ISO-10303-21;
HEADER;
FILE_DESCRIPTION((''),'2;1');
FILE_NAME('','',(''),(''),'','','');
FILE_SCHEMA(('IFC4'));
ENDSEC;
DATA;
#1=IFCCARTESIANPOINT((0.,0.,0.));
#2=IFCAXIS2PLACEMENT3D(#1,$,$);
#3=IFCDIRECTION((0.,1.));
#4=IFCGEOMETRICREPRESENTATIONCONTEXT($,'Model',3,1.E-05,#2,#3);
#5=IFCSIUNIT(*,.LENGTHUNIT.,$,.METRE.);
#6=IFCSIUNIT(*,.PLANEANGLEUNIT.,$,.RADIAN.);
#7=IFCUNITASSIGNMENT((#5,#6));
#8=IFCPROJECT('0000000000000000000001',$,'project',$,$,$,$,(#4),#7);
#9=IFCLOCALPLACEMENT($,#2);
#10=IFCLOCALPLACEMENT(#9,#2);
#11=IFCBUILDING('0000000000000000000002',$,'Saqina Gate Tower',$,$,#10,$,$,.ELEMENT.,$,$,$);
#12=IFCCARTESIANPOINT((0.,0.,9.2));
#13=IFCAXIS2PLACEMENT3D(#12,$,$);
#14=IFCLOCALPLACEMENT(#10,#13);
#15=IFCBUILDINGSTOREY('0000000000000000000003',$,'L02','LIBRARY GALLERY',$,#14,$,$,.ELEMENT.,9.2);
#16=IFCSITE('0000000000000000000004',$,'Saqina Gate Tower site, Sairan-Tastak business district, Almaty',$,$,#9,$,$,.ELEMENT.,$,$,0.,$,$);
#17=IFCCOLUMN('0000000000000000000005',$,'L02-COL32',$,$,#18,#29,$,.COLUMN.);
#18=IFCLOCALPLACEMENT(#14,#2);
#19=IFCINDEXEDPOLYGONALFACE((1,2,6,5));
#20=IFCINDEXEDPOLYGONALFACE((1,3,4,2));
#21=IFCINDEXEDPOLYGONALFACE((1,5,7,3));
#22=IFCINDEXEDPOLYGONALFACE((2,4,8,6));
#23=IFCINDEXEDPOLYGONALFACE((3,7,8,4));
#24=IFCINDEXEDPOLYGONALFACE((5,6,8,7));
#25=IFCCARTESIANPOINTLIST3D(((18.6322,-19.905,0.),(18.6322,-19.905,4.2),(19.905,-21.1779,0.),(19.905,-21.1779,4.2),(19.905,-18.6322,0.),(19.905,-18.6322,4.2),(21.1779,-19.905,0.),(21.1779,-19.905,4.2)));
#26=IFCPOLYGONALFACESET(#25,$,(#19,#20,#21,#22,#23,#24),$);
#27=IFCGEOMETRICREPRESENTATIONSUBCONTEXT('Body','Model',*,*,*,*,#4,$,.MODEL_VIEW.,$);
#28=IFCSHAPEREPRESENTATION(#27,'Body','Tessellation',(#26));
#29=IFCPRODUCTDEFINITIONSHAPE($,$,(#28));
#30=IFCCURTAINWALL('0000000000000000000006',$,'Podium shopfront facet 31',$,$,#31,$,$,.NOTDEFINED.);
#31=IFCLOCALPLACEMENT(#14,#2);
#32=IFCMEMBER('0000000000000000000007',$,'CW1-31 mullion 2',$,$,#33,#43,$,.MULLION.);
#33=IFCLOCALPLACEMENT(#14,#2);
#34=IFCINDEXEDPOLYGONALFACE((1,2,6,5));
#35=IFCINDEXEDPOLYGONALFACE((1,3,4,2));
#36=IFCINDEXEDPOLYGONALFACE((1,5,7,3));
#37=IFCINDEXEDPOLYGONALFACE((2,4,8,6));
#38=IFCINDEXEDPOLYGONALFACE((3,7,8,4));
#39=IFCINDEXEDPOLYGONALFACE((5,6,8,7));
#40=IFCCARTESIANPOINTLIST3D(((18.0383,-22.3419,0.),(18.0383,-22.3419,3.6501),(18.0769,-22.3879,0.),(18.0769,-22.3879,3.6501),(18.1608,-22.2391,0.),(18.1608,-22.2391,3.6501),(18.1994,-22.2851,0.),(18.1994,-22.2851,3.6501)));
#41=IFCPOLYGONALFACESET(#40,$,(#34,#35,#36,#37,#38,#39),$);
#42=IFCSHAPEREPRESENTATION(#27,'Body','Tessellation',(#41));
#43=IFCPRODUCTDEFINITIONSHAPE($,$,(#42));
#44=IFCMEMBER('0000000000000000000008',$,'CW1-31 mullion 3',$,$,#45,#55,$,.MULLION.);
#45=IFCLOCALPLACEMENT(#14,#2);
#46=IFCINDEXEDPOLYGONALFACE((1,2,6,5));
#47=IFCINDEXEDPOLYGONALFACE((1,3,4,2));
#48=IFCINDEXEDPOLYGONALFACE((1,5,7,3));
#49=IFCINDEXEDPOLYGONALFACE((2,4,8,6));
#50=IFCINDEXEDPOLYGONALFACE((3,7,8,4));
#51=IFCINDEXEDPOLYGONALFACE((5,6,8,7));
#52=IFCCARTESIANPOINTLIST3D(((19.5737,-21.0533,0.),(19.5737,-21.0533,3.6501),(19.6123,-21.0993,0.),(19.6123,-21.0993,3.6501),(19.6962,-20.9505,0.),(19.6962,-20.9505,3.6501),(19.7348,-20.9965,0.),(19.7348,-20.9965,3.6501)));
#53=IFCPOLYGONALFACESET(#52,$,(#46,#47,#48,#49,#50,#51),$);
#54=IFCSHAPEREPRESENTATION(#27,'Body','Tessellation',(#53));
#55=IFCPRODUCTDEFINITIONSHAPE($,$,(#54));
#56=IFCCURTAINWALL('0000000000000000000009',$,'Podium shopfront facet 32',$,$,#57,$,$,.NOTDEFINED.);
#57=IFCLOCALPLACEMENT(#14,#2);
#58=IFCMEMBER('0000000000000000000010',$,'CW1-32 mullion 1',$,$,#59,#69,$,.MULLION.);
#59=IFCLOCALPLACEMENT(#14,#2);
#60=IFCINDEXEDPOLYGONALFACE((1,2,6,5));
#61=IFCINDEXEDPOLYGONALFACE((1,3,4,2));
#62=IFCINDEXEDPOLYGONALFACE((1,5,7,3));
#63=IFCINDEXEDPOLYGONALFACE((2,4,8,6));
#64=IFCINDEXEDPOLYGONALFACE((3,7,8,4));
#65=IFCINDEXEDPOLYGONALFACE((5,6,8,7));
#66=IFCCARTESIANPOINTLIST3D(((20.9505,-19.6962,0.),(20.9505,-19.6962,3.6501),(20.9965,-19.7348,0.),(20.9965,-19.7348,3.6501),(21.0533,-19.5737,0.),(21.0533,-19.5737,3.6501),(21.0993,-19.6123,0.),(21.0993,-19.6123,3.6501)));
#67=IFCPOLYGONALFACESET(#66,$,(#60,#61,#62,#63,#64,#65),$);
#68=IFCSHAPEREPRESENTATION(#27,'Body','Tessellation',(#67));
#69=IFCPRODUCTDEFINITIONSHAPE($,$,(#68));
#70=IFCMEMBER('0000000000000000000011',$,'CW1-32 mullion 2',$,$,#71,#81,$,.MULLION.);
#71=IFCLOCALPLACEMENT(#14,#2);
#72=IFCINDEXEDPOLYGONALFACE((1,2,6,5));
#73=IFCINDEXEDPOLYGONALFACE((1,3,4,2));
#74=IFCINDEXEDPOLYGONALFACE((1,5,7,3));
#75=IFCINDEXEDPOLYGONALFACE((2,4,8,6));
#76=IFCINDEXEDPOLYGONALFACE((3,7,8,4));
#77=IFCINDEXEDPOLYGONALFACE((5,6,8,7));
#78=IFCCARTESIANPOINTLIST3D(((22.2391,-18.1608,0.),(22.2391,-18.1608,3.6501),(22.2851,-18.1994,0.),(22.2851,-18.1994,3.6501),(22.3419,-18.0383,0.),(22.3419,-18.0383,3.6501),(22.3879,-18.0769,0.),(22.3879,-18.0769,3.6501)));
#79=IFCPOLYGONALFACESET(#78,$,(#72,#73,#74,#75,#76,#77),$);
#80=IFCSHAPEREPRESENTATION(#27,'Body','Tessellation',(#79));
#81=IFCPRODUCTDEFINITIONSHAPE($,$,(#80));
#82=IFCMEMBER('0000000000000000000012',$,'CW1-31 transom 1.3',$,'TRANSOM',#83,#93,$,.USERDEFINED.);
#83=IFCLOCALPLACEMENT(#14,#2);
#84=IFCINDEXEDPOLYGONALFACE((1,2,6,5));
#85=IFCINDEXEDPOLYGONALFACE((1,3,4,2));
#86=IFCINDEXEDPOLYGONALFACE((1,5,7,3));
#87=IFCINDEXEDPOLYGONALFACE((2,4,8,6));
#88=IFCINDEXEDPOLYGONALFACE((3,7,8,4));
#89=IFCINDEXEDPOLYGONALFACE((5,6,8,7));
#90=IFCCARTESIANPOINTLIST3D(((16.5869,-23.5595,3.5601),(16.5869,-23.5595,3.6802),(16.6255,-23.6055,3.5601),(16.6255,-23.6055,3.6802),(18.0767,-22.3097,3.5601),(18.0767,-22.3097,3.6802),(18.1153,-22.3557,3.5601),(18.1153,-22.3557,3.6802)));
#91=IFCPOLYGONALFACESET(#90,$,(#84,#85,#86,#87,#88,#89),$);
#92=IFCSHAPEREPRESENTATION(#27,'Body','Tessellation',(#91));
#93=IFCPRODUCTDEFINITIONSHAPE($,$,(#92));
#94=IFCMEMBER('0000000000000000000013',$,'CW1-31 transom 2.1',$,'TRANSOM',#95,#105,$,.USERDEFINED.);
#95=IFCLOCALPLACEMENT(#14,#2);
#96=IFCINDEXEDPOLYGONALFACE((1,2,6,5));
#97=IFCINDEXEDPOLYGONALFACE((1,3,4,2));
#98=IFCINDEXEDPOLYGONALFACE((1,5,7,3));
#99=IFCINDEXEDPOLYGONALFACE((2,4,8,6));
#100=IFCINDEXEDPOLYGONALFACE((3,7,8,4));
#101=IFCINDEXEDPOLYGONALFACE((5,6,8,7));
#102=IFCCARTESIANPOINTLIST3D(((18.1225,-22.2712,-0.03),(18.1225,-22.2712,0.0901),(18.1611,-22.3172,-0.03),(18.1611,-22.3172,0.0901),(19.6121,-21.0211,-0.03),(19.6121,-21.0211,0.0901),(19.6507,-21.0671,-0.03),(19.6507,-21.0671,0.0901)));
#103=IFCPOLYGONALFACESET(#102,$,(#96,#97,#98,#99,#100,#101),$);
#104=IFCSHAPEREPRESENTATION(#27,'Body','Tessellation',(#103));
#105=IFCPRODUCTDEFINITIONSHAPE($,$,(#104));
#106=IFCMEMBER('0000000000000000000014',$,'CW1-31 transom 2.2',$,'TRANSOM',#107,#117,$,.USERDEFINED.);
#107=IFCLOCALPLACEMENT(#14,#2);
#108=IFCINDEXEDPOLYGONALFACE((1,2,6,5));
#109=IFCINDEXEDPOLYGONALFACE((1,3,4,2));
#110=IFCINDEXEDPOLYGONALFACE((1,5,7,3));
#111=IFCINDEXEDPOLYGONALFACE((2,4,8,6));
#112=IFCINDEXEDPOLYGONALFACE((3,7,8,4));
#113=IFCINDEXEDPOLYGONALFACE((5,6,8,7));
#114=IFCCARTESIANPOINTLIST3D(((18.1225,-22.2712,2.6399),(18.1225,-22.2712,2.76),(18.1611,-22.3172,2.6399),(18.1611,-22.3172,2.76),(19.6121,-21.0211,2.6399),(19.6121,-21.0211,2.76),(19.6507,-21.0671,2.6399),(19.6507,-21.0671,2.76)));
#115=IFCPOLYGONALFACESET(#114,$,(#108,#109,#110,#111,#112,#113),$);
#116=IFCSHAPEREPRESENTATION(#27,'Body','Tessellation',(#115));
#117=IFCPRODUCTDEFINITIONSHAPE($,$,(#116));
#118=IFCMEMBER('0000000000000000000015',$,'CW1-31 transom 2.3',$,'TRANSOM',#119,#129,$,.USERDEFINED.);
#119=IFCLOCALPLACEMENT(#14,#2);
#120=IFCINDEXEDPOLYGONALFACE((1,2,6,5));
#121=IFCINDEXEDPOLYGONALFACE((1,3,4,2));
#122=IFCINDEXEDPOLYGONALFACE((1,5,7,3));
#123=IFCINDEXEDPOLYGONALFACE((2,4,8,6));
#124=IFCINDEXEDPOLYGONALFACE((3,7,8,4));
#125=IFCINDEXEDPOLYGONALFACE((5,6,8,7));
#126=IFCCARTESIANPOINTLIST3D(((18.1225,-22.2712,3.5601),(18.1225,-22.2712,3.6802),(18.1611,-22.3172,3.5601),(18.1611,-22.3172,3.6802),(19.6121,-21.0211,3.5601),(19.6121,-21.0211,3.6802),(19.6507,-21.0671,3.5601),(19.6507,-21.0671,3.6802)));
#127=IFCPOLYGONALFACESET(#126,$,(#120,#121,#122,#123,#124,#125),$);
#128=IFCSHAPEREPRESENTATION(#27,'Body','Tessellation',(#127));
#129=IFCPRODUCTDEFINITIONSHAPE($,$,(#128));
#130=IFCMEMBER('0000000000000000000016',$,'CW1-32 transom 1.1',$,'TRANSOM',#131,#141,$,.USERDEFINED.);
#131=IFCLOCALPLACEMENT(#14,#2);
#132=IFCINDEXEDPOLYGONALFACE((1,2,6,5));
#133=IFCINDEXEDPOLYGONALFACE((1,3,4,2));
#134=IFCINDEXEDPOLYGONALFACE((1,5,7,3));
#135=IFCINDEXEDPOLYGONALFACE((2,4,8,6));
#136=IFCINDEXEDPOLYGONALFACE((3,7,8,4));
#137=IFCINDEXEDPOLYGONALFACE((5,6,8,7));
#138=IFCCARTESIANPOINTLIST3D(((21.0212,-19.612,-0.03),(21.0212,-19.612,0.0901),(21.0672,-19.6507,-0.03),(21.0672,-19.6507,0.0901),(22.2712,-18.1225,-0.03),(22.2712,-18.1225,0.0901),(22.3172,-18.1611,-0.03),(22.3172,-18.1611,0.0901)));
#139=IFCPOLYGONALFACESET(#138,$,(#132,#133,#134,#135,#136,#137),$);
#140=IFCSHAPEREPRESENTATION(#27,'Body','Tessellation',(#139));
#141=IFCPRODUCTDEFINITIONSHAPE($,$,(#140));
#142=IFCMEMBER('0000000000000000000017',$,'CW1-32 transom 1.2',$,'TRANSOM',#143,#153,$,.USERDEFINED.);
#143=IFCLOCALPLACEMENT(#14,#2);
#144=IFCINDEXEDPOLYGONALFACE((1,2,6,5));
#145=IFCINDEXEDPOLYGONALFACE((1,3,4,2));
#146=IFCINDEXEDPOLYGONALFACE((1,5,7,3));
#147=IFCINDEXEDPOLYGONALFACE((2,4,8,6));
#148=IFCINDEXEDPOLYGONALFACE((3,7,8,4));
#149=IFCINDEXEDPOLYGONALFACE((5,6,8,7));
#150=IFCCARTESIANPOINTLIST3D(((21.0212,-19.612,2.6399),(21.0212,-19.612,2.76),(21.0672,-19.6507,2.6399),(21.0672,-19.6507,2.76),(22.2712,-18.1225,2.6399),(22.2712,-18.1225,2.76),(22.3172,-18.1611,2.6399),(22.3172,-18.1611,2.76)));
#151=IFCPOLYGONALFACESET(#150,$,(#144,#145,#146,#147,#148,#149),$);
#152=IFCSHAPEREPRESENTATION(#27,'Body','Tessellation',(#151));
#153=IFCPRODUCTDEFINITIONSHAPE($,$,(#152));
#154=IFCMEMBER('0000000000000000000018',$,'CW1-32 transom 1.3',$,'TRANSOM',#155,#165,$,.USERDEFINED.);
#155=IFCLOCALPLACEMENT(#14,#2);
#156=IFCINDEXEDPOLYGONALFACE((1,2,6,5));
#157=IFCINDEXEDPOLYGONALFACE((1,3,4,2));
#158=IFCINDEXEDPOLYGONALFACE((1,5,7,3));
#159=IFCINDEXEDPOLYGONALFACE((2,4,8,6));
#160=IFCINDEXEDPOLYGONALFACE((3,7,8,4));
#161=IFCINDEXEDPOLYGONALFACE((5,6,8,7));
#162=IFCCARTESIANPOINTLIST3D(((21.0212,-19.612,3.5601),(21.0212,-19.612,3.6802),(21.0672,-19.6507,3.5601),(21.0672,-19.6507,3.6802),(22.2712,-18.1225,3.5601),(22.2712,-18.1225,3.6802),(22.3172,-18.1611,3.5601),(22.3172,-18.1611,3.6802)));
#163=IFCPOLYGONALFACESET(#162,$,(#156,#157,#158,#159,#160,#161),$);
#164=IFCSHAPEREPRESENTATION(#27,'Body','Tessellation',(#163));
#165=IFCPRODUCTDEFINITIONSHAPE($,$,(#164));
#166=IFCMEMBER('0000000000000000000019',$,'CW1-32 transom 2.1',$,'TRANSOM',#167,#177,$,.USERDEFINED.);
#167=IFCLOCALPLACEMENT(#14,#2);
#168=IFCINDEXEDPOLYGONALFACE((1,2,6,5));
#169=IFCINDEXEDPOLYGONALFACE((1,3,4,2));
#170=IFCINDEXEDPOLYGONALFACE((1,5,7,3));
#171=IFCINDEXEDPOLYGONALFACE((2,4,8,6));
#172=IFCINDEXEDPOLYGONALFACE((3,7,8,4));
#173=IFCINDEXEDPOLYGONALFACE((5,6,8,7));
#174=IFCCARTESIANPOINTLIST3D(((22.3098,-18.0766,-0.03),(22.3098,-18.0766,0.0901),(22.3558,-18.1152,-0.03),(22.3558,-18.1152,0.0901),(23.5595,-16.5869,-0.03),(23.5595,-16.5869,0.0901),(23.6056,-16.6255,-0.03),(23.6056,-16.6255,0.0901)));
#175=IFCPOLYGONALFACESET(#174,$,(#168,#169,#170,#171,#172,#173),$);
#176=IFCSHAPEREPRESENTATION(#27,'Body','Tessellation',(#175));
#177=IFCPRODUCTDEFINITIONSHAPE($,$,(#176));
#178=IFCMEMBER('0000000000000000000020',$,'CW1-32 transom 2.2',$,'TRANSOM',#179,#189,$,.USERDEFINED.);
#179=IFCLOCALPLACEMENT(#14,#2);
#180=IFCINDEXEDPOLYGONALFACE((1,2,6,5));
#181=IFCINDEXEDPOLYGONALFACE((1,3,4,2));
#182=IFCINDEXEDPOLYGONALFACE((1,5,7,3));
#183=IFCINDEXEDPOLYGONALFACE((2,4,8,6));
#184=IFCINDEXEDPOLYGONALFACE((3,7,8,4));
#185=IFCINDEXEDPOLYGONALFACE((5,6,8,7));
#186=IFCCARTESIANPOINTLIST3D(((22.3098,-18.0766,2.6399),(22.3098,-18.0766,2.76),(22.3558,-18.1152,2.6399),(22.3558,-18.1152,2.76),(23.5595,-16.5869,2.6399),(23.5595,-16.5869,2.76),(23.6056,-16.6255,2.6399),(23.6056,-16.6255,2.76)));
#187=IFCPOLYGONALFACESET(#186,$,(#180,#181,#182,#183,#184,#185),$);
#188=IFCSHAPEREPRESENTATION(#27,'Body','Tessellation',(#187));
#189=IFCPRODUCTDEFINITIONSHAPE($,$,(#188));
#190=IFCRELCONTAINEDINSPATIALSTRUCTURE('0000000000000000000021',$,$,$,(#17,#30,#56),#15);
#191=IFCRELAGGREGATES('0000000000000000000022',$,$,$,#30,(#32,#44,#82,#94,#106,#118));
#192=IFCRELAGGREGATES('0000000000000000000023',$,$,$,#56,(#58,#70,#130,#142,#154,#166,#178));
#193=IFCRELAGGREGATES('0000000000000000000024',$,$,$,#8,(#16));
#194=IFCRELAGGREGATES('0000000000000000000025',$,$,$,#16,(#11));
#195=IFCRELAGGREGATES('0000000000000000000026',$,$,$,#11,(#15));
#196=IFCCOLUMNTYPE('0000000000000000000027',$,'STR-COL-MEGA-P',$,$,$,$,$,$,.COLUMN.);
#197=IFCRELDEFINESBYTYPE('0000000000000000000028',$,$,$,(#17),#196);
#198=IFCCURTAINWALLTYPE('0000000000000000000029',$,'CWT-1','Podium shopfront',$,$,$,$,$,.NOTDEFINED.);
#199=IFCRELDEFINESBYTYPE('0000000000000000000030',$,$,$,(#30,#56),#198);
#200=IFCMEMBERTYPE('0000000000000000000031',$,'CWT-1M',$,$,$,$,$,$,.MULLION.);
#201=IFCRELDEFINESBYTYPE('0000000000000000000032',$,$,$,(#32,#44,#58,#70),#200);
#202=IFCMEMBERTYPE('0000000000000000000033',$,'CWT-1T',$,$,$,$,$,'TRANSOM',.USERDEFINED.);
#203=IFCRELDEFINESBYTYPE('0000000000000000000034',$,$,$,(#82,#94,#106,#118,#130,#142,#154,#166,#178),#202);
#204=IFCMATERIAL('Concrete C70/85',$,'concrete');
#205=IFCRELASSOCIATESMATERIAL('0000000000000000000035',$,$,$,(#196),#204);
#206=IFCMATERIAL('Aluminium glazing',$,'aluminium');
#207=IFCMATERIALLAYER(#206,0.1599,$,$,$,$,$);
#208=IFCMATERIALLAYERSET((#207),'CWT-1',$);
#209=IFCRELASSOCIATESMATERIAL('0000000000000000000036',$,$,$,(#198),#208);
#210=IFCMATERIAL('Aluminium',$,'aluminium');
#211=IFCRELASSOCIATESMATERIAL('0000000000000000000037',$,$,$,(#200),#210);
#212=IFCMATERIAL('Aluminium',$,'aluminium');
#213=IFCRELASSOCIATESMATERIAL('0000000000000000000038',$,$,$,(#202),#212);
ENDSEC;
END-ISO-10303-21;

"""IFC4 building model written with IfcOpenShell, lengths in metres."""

from ifc_helpers import new_model, si_unit, direction, frame, origin, origin_2d, place, context, subcontext, project, spatial, rectangle, extrude, material, layer, layer_set, material_profile, profile_set, type_object, element, aggregate, save


model = new_model("IFC4")

# Units and contexts
model_context = context("Model", 3, precision=1e-05, world=origin(), true_north=direction((0.0, 1.0)))
body_context = subcontext(model_context, "Body", "Model", "MODEL_VIEW")
ifc_project = project(units=[si_unit("LENGTHUNIT", "METRE"), si_unit("PLANEANGLEUNIT", "RADIAN")], contexts=[model_context])

# Site, building, storey
site_placement = place(None, origin())
site = spatial("IfcSite", under=ifc_project, at=site_placement, Name="Saqina Gate Tower site, Sairan-Tastak business district, Almaty", CompositionType="ELEMENT", RefElevation=0.0)
building_placement = place(site_placement, origin())
building = spatial("IfcBuilding", under=site, at=building_placement, Name="Saqina Gate Tower", CompositionType="ELEMENT")
storey_placement = place(building_placement, frame((0.0, 0.0, 9.2)))
storey = spatial("IfcBuildingStorey", under=building, at=storey_placement, Name="L02", Description="LIBRARY GALLERY", CompositionType="ELEMENT", Elevation=9.2)

# Column
ifc_material_1 = material(Name="Concrete C70/85", Category="concrete")
ifc_material_profile_1 = material_profile(ifc_material_1, rectangle(XDim=1.8, YDim=1.8, at=origin_2d()), Name="RC 1800x1800")
ifc_profile_set_1 = profile_set([ifc_material_profile_1], Name="Concrete C70/85")
column_type = type_object("IfcColumnType", Name="STR-COL-MEGA-P", PredefinedType="COLUMN", material=ifc_profile_set_1)
column_placement = place(storey_placement, frame((19.905, -19.905, 0.0), z_axis=(0.0, 0.0, 1.0), x_axis=(0.707107, -0.707107, 0.0)))
element("IfcColumn", 1, at=column_placement, inside=storey, type_object=column_type, Name="L02-COL32", PredefinedType="COLUMN", context=body_context, shape_type="SweptSolid", body=[
    extrude(rectangle(XDim=1.8, YDim=1.8, at=origin_2d()), origin(), (0.0, 0.0, 1.0), 4.2),
])

# Curtain walls, members
ifc_material_2 = material(Name="Aluminium glazing", Category="aluminium")
ifc_layer_1 = layer(ifc_material_2, 0.1599)
ifc_layer_set_1 = layer_set([ifc_layer_1], Name="CWT-1")
curtain_wall_type = type_object("IfcCurtainWallType", Name="CWT-1", Description="Podium shopfront", PredefinedType="NOTDEFINED", material=ifc_layer_set_1)
curtain_wall_1_placement = place(storey_placement, origin())
curtain_wall_1 = element("IfcCurtainWall", 2, at=curtain_wall_1_placement, inside=storey, type_object=curtain_wall_type, Name="Podium shopfront facet 31", PredefinedType="NOTDEFINED")
ifc_material_3 = material(Name="Aluminium", Category="aluminium")
ifc_material_profile_2 = material_profile(ifc_material_3, rectangle(XDim=0.0601, YDim=0.1599, at=origin_2d()), Name="Aluminium 60x160")
ifc_profile_set_2 = profile_set([ifc_material_profile_2], Name="Aluminium")
member_type_1 = type_object("IfcMemberType", Name="CWT-1M", PredefinedType="MULLION", material=ifc_profile_set_2)
member_1_placement = place(storey_placement, frame((18.1189, -22.3135, 0.0), z_axis=(0.0, 0.0, 1.0), x_axis=(-0.642779, 0.766051, 0.0)))
member_1 = element("IfcMember", 3, at=member_1_placement, type_object=member_type_1, Name="CW1-31 mullion 2", PredefinedType="MULLION", context=body_context, shape_type="SweptSolid", body=[
    extrude(rectangle(XDim=0.0601, YDim=0.1599, at=origin_2d()), origin(), (0.0, 0.0, 1.0), 3.6501),
])
member_2_placement = place(storey_placement, frame((19.6543, -21.0249, 0.0), z_axis=(0.0, 0.0, 1.0), x_axis=(-0.642779, 0.766051, 0.0)))
member_2 = element("IfcMember", 4, at=member_2_placement, type_object=member_type_1, Name="CW1-31 mullion 3", PredefinedType="MULLION", context=body_context, shape_type="SweptSolid", body=[
    extrude(rectangle(XDim=0.0601, YDim=0.1599, at=origin_2d()), origin(), (0.0, 0.0, 1.0), 3.6501),
])
curtain_wall_2_placement = place(storey_placement, origin())
curtain_wall_2 = element("IfcCurtainWall", 5, at=curtain_wall_2_placement, inside=storey, type_object=curtain_wall_type, Name="Podium shopfront facet 32", PredefinedType="NOTDEFINED")
member_3_placement = place(storey_placement, frame((21.0249, -19.6543, 0.0), z_axis=(0.0, 0.0, 1.0), x_axis=(-0.766051, 0.642779, 0.0)))
member_3 = element("IfcMember", 6, at=member_3_placement, type_object=member_type_1, Name="CW1-32 mullion 1", PredefinedType="MULLION", context=body_context, shape_type="SweptSolid", body=[
    extrude(rectangle(XDim=0.0601, YDim=0.1599, at=origin_2d()), origin(), (0.0, 0.0, 1.0), 3.6501),
])
member_4_placement = place(storey_placement, frame((22.3135, -18.1189, 0.0), z_axis=(0.0, 0.0, 1.0), x_axis=(-0.766051, 0.642779, 0.0)))
member_4 = element("IfcMember", 7, at=member_4_placement, type_object=member_type_1, Name="CW1-32 mullion 2", PredefinedType="MULLION", context=body_context, shape_type="SweptSolid", body=[
    extrude(rectangle(XDim=0.0601, YDim=0.1599, at=origin_2d()), origin(), (0.0, 0.0, 1.0), 3.6501),
])

# Members
ifc_material_4 = material(Name="Aluminium", Category="aluminium")
ifc_material_profile_3 = material_profile(ifc_material_4, rectangle(XDim=0.0601, YDim=0.1201, at=origin_2d()), Name="Aluminium 60x120")
ifc_profile_set_3 = profile_set([ifc_material_profile_3], Name="Aluminium")
member_type_2 = type_object("IfcMemberType", Name="CWT-1T", ElementType="TRANSOM", PredefinedType="USERDEFINED", material=ifc_profile_set_3)
member_5_placement = place(storey_placement, frame((16.6062, -23.5825, 3.6201), z_axis=(0.766118, 0.6427, 0.0), x_axis=(-0.6427, 0.766118, 0.0)))
member_5 = element("IfcMember", 8, at=member_5_placement, type_object=member_type_2, Name="CW1-31 transom 1.3", ObjectType="TRANSOM", PredefinedType="USERDEFINED", context=body_context, shape_type="SweptSolid", body=[
    extrude(rectangle(XDim=0.0601, YDim=0.1201, at=origin_2d()), origin(), (0.0, 0.0, 1.0), 1.9446),
])
member_6_placement = place(storey_placement, frame((18.1418, -22.2942, 0.03), z_axis=(0.766004, 0.642836, 0.0), x_axis=(-0.642836, 0.766004, 0.0)))
member_6 = element("IfcMember", 9, at=member_6_placement, type_object=member_type_2, Name="CW1-31 transom 2.1", ObjectType="TRANSOM", PredefinedType="USERDEFINED", context=body_context, shape_type="SweptSolid", body=[
    extrude(rectangle(XDim=0.0601, YDim=0.1201, at=origin_2d()), origin(), (0.0, 0.0, 1.0), 1.9446),
])
member_7_placement = place(storey_placement, frame((18.1418, -22.2942, 2.7), z_axis=(0.766004, 0.642836, 0.0), x_axis=(-0.642836, 0.766004, 0.0)))
member_7 = element("IfcMember", 10, at=member_7_placement, type_object=member_type_2, Name="CW1-31 transom 2.2", ObjectType="TRANSOM", PredefinedType="USERDEFINED", context=body_context, shape_type="SweptSolid", body=[
    extrude(rectangle(XDim=0.0601, YDim=0.1201, at=origin_2d()), origin(), (0.0, 0.0, 1.0), 1.9446),
])
member_8_placement = place(storey_placement, frame((18.1418, -22.2942, 3.6201), z_axis=(0.766004, 0.642836, 0.0), x_axis=(-0.642836, 0.766004, 0.0)))
member_8 = element("IfcMember", 11, at=member_8_placement, type_object=member_type_2, Name="CW1-31 transom 2.3", ObjectType="TRANSOM", PredefinedType="USERDEFINED", context=body_context, shape_type="SweptSolid", body=[
    extrude(rectangle(XDim=0.0601, YDim=0.1201, at=origin_2d()), origin(), (0.0, 0.0, 1.0), 1.9446),
])
member_9_placement = place(storey_placement, frame((21.0442, -19.6313, 0.03), z_axis=(0.642836, 0.766004, 0.0), x_axis=(-0.766004, 0.642836, 0.0)))
member_9 = element("IfcMember", 12, at=member_9_placement, type_object=member_type_2, Name="CW1-32 transom 1.1", ObjectType="TRANSOM", PredefinedType="USERDEFINED", context=body_context, shape_type="SweptSolid", body=[
    extrude(rectangle(XDim=0.0601, YDim=0.1201, at=origin_2d()), origin(), (0.0, 0.0, 1.0), 1.9446),
])
member_10_placement = place(storey_placement, frame((21.0442, -19.6313, 2.7), z_axis=(0.642836, 0.766004, 0.0), x_axis=(-0.766004, 0.642836, 0.0)))
member_10 = element("IfcMember", 13, at=member_10_placement, type_object=member_type_2, Name="CW1-32 transom 1.2", ObjectType="TRANSOM", PredefinedType="USERDEFINED", context=body_context, shape_type="SweptSolid", body=[
    extrude(rectangle(XDim=0.0601, YDim=0.1201, at=origin_2d()), origin(), (0.0, 0.0, 1.0), 1.9446),
])
member_11_placement = place(storey_placement, frame((21.0442, -19.6313, 3.6201), z_axis=(0.642836, 0.766004, 0.0), x_axis=(-0.766004, 0.642836, 0.0)))
member_11 = element("IfcMember", 14, at=member_11_placement, type_object=member_type_2, Name="CW1-32 transom 1.3", ObjectType="TRANSOM", PredefinedType="USERDEFINED", context=body_context, shape_type="SweptSolid", body=[
    extrude(rectangle(XDim=0.0601, YDim=0.1201, at=origin_2d()), origin(), (0.0, 0.0, 1.0), 1.9446),
])
member_12_placement = place(storey_placement, frame((22.3328, -18.0959, 0.03), z_axis=(0.6427, 0.766118, 0.0), x_axis=(-0.766118, 0.6427, 0.0)))
member_12 = element("IfcMember", 15, at=member_12_placement, type_object=member_type_2, Name="CW1-32 transom 2.1", ObjectType="TRANSOM", PredefinedType="USERDEFINED", context=body_context, shape_type="SweptSolid", body=[
    extrude(rectangle(XDim=0.0601, YDim=0.1201, at=origin_2d()), origin(), (0.0, 0.0, 1.0), 1.9446),
])
member_13_placement = place(storey_placement, frame((22.3328, -18.0959, 2.7), z_axis=(0.6427, 0.766118, 0.0), x_axis=(-0.766118, 0.6427, 0.0)))
member_13 = element("IfcMember", 16, at=member_13_placement, type_object=member_type_2, Name="CW1-32 transom 2.2", ObjectType="TRANSOM", PredefinedType="USERDEFINED", context=body_context, shape_type="SweptSolid", body=[
    extrude(rectangle(XDim=0.0601, YDim=0.1201, at=origin_2d()), origin(), (0.0, 0.0, 1.0), 1.9446),
])

aggregate(curtain_wall_1, [member_1, member_2, member_5, member_6, member_7, member_8])
aggregate(curtain_wall_2, [member_3, member_4, member_9, member_10, member_11, member_12, member_13])

save(model, "model.ifc")
